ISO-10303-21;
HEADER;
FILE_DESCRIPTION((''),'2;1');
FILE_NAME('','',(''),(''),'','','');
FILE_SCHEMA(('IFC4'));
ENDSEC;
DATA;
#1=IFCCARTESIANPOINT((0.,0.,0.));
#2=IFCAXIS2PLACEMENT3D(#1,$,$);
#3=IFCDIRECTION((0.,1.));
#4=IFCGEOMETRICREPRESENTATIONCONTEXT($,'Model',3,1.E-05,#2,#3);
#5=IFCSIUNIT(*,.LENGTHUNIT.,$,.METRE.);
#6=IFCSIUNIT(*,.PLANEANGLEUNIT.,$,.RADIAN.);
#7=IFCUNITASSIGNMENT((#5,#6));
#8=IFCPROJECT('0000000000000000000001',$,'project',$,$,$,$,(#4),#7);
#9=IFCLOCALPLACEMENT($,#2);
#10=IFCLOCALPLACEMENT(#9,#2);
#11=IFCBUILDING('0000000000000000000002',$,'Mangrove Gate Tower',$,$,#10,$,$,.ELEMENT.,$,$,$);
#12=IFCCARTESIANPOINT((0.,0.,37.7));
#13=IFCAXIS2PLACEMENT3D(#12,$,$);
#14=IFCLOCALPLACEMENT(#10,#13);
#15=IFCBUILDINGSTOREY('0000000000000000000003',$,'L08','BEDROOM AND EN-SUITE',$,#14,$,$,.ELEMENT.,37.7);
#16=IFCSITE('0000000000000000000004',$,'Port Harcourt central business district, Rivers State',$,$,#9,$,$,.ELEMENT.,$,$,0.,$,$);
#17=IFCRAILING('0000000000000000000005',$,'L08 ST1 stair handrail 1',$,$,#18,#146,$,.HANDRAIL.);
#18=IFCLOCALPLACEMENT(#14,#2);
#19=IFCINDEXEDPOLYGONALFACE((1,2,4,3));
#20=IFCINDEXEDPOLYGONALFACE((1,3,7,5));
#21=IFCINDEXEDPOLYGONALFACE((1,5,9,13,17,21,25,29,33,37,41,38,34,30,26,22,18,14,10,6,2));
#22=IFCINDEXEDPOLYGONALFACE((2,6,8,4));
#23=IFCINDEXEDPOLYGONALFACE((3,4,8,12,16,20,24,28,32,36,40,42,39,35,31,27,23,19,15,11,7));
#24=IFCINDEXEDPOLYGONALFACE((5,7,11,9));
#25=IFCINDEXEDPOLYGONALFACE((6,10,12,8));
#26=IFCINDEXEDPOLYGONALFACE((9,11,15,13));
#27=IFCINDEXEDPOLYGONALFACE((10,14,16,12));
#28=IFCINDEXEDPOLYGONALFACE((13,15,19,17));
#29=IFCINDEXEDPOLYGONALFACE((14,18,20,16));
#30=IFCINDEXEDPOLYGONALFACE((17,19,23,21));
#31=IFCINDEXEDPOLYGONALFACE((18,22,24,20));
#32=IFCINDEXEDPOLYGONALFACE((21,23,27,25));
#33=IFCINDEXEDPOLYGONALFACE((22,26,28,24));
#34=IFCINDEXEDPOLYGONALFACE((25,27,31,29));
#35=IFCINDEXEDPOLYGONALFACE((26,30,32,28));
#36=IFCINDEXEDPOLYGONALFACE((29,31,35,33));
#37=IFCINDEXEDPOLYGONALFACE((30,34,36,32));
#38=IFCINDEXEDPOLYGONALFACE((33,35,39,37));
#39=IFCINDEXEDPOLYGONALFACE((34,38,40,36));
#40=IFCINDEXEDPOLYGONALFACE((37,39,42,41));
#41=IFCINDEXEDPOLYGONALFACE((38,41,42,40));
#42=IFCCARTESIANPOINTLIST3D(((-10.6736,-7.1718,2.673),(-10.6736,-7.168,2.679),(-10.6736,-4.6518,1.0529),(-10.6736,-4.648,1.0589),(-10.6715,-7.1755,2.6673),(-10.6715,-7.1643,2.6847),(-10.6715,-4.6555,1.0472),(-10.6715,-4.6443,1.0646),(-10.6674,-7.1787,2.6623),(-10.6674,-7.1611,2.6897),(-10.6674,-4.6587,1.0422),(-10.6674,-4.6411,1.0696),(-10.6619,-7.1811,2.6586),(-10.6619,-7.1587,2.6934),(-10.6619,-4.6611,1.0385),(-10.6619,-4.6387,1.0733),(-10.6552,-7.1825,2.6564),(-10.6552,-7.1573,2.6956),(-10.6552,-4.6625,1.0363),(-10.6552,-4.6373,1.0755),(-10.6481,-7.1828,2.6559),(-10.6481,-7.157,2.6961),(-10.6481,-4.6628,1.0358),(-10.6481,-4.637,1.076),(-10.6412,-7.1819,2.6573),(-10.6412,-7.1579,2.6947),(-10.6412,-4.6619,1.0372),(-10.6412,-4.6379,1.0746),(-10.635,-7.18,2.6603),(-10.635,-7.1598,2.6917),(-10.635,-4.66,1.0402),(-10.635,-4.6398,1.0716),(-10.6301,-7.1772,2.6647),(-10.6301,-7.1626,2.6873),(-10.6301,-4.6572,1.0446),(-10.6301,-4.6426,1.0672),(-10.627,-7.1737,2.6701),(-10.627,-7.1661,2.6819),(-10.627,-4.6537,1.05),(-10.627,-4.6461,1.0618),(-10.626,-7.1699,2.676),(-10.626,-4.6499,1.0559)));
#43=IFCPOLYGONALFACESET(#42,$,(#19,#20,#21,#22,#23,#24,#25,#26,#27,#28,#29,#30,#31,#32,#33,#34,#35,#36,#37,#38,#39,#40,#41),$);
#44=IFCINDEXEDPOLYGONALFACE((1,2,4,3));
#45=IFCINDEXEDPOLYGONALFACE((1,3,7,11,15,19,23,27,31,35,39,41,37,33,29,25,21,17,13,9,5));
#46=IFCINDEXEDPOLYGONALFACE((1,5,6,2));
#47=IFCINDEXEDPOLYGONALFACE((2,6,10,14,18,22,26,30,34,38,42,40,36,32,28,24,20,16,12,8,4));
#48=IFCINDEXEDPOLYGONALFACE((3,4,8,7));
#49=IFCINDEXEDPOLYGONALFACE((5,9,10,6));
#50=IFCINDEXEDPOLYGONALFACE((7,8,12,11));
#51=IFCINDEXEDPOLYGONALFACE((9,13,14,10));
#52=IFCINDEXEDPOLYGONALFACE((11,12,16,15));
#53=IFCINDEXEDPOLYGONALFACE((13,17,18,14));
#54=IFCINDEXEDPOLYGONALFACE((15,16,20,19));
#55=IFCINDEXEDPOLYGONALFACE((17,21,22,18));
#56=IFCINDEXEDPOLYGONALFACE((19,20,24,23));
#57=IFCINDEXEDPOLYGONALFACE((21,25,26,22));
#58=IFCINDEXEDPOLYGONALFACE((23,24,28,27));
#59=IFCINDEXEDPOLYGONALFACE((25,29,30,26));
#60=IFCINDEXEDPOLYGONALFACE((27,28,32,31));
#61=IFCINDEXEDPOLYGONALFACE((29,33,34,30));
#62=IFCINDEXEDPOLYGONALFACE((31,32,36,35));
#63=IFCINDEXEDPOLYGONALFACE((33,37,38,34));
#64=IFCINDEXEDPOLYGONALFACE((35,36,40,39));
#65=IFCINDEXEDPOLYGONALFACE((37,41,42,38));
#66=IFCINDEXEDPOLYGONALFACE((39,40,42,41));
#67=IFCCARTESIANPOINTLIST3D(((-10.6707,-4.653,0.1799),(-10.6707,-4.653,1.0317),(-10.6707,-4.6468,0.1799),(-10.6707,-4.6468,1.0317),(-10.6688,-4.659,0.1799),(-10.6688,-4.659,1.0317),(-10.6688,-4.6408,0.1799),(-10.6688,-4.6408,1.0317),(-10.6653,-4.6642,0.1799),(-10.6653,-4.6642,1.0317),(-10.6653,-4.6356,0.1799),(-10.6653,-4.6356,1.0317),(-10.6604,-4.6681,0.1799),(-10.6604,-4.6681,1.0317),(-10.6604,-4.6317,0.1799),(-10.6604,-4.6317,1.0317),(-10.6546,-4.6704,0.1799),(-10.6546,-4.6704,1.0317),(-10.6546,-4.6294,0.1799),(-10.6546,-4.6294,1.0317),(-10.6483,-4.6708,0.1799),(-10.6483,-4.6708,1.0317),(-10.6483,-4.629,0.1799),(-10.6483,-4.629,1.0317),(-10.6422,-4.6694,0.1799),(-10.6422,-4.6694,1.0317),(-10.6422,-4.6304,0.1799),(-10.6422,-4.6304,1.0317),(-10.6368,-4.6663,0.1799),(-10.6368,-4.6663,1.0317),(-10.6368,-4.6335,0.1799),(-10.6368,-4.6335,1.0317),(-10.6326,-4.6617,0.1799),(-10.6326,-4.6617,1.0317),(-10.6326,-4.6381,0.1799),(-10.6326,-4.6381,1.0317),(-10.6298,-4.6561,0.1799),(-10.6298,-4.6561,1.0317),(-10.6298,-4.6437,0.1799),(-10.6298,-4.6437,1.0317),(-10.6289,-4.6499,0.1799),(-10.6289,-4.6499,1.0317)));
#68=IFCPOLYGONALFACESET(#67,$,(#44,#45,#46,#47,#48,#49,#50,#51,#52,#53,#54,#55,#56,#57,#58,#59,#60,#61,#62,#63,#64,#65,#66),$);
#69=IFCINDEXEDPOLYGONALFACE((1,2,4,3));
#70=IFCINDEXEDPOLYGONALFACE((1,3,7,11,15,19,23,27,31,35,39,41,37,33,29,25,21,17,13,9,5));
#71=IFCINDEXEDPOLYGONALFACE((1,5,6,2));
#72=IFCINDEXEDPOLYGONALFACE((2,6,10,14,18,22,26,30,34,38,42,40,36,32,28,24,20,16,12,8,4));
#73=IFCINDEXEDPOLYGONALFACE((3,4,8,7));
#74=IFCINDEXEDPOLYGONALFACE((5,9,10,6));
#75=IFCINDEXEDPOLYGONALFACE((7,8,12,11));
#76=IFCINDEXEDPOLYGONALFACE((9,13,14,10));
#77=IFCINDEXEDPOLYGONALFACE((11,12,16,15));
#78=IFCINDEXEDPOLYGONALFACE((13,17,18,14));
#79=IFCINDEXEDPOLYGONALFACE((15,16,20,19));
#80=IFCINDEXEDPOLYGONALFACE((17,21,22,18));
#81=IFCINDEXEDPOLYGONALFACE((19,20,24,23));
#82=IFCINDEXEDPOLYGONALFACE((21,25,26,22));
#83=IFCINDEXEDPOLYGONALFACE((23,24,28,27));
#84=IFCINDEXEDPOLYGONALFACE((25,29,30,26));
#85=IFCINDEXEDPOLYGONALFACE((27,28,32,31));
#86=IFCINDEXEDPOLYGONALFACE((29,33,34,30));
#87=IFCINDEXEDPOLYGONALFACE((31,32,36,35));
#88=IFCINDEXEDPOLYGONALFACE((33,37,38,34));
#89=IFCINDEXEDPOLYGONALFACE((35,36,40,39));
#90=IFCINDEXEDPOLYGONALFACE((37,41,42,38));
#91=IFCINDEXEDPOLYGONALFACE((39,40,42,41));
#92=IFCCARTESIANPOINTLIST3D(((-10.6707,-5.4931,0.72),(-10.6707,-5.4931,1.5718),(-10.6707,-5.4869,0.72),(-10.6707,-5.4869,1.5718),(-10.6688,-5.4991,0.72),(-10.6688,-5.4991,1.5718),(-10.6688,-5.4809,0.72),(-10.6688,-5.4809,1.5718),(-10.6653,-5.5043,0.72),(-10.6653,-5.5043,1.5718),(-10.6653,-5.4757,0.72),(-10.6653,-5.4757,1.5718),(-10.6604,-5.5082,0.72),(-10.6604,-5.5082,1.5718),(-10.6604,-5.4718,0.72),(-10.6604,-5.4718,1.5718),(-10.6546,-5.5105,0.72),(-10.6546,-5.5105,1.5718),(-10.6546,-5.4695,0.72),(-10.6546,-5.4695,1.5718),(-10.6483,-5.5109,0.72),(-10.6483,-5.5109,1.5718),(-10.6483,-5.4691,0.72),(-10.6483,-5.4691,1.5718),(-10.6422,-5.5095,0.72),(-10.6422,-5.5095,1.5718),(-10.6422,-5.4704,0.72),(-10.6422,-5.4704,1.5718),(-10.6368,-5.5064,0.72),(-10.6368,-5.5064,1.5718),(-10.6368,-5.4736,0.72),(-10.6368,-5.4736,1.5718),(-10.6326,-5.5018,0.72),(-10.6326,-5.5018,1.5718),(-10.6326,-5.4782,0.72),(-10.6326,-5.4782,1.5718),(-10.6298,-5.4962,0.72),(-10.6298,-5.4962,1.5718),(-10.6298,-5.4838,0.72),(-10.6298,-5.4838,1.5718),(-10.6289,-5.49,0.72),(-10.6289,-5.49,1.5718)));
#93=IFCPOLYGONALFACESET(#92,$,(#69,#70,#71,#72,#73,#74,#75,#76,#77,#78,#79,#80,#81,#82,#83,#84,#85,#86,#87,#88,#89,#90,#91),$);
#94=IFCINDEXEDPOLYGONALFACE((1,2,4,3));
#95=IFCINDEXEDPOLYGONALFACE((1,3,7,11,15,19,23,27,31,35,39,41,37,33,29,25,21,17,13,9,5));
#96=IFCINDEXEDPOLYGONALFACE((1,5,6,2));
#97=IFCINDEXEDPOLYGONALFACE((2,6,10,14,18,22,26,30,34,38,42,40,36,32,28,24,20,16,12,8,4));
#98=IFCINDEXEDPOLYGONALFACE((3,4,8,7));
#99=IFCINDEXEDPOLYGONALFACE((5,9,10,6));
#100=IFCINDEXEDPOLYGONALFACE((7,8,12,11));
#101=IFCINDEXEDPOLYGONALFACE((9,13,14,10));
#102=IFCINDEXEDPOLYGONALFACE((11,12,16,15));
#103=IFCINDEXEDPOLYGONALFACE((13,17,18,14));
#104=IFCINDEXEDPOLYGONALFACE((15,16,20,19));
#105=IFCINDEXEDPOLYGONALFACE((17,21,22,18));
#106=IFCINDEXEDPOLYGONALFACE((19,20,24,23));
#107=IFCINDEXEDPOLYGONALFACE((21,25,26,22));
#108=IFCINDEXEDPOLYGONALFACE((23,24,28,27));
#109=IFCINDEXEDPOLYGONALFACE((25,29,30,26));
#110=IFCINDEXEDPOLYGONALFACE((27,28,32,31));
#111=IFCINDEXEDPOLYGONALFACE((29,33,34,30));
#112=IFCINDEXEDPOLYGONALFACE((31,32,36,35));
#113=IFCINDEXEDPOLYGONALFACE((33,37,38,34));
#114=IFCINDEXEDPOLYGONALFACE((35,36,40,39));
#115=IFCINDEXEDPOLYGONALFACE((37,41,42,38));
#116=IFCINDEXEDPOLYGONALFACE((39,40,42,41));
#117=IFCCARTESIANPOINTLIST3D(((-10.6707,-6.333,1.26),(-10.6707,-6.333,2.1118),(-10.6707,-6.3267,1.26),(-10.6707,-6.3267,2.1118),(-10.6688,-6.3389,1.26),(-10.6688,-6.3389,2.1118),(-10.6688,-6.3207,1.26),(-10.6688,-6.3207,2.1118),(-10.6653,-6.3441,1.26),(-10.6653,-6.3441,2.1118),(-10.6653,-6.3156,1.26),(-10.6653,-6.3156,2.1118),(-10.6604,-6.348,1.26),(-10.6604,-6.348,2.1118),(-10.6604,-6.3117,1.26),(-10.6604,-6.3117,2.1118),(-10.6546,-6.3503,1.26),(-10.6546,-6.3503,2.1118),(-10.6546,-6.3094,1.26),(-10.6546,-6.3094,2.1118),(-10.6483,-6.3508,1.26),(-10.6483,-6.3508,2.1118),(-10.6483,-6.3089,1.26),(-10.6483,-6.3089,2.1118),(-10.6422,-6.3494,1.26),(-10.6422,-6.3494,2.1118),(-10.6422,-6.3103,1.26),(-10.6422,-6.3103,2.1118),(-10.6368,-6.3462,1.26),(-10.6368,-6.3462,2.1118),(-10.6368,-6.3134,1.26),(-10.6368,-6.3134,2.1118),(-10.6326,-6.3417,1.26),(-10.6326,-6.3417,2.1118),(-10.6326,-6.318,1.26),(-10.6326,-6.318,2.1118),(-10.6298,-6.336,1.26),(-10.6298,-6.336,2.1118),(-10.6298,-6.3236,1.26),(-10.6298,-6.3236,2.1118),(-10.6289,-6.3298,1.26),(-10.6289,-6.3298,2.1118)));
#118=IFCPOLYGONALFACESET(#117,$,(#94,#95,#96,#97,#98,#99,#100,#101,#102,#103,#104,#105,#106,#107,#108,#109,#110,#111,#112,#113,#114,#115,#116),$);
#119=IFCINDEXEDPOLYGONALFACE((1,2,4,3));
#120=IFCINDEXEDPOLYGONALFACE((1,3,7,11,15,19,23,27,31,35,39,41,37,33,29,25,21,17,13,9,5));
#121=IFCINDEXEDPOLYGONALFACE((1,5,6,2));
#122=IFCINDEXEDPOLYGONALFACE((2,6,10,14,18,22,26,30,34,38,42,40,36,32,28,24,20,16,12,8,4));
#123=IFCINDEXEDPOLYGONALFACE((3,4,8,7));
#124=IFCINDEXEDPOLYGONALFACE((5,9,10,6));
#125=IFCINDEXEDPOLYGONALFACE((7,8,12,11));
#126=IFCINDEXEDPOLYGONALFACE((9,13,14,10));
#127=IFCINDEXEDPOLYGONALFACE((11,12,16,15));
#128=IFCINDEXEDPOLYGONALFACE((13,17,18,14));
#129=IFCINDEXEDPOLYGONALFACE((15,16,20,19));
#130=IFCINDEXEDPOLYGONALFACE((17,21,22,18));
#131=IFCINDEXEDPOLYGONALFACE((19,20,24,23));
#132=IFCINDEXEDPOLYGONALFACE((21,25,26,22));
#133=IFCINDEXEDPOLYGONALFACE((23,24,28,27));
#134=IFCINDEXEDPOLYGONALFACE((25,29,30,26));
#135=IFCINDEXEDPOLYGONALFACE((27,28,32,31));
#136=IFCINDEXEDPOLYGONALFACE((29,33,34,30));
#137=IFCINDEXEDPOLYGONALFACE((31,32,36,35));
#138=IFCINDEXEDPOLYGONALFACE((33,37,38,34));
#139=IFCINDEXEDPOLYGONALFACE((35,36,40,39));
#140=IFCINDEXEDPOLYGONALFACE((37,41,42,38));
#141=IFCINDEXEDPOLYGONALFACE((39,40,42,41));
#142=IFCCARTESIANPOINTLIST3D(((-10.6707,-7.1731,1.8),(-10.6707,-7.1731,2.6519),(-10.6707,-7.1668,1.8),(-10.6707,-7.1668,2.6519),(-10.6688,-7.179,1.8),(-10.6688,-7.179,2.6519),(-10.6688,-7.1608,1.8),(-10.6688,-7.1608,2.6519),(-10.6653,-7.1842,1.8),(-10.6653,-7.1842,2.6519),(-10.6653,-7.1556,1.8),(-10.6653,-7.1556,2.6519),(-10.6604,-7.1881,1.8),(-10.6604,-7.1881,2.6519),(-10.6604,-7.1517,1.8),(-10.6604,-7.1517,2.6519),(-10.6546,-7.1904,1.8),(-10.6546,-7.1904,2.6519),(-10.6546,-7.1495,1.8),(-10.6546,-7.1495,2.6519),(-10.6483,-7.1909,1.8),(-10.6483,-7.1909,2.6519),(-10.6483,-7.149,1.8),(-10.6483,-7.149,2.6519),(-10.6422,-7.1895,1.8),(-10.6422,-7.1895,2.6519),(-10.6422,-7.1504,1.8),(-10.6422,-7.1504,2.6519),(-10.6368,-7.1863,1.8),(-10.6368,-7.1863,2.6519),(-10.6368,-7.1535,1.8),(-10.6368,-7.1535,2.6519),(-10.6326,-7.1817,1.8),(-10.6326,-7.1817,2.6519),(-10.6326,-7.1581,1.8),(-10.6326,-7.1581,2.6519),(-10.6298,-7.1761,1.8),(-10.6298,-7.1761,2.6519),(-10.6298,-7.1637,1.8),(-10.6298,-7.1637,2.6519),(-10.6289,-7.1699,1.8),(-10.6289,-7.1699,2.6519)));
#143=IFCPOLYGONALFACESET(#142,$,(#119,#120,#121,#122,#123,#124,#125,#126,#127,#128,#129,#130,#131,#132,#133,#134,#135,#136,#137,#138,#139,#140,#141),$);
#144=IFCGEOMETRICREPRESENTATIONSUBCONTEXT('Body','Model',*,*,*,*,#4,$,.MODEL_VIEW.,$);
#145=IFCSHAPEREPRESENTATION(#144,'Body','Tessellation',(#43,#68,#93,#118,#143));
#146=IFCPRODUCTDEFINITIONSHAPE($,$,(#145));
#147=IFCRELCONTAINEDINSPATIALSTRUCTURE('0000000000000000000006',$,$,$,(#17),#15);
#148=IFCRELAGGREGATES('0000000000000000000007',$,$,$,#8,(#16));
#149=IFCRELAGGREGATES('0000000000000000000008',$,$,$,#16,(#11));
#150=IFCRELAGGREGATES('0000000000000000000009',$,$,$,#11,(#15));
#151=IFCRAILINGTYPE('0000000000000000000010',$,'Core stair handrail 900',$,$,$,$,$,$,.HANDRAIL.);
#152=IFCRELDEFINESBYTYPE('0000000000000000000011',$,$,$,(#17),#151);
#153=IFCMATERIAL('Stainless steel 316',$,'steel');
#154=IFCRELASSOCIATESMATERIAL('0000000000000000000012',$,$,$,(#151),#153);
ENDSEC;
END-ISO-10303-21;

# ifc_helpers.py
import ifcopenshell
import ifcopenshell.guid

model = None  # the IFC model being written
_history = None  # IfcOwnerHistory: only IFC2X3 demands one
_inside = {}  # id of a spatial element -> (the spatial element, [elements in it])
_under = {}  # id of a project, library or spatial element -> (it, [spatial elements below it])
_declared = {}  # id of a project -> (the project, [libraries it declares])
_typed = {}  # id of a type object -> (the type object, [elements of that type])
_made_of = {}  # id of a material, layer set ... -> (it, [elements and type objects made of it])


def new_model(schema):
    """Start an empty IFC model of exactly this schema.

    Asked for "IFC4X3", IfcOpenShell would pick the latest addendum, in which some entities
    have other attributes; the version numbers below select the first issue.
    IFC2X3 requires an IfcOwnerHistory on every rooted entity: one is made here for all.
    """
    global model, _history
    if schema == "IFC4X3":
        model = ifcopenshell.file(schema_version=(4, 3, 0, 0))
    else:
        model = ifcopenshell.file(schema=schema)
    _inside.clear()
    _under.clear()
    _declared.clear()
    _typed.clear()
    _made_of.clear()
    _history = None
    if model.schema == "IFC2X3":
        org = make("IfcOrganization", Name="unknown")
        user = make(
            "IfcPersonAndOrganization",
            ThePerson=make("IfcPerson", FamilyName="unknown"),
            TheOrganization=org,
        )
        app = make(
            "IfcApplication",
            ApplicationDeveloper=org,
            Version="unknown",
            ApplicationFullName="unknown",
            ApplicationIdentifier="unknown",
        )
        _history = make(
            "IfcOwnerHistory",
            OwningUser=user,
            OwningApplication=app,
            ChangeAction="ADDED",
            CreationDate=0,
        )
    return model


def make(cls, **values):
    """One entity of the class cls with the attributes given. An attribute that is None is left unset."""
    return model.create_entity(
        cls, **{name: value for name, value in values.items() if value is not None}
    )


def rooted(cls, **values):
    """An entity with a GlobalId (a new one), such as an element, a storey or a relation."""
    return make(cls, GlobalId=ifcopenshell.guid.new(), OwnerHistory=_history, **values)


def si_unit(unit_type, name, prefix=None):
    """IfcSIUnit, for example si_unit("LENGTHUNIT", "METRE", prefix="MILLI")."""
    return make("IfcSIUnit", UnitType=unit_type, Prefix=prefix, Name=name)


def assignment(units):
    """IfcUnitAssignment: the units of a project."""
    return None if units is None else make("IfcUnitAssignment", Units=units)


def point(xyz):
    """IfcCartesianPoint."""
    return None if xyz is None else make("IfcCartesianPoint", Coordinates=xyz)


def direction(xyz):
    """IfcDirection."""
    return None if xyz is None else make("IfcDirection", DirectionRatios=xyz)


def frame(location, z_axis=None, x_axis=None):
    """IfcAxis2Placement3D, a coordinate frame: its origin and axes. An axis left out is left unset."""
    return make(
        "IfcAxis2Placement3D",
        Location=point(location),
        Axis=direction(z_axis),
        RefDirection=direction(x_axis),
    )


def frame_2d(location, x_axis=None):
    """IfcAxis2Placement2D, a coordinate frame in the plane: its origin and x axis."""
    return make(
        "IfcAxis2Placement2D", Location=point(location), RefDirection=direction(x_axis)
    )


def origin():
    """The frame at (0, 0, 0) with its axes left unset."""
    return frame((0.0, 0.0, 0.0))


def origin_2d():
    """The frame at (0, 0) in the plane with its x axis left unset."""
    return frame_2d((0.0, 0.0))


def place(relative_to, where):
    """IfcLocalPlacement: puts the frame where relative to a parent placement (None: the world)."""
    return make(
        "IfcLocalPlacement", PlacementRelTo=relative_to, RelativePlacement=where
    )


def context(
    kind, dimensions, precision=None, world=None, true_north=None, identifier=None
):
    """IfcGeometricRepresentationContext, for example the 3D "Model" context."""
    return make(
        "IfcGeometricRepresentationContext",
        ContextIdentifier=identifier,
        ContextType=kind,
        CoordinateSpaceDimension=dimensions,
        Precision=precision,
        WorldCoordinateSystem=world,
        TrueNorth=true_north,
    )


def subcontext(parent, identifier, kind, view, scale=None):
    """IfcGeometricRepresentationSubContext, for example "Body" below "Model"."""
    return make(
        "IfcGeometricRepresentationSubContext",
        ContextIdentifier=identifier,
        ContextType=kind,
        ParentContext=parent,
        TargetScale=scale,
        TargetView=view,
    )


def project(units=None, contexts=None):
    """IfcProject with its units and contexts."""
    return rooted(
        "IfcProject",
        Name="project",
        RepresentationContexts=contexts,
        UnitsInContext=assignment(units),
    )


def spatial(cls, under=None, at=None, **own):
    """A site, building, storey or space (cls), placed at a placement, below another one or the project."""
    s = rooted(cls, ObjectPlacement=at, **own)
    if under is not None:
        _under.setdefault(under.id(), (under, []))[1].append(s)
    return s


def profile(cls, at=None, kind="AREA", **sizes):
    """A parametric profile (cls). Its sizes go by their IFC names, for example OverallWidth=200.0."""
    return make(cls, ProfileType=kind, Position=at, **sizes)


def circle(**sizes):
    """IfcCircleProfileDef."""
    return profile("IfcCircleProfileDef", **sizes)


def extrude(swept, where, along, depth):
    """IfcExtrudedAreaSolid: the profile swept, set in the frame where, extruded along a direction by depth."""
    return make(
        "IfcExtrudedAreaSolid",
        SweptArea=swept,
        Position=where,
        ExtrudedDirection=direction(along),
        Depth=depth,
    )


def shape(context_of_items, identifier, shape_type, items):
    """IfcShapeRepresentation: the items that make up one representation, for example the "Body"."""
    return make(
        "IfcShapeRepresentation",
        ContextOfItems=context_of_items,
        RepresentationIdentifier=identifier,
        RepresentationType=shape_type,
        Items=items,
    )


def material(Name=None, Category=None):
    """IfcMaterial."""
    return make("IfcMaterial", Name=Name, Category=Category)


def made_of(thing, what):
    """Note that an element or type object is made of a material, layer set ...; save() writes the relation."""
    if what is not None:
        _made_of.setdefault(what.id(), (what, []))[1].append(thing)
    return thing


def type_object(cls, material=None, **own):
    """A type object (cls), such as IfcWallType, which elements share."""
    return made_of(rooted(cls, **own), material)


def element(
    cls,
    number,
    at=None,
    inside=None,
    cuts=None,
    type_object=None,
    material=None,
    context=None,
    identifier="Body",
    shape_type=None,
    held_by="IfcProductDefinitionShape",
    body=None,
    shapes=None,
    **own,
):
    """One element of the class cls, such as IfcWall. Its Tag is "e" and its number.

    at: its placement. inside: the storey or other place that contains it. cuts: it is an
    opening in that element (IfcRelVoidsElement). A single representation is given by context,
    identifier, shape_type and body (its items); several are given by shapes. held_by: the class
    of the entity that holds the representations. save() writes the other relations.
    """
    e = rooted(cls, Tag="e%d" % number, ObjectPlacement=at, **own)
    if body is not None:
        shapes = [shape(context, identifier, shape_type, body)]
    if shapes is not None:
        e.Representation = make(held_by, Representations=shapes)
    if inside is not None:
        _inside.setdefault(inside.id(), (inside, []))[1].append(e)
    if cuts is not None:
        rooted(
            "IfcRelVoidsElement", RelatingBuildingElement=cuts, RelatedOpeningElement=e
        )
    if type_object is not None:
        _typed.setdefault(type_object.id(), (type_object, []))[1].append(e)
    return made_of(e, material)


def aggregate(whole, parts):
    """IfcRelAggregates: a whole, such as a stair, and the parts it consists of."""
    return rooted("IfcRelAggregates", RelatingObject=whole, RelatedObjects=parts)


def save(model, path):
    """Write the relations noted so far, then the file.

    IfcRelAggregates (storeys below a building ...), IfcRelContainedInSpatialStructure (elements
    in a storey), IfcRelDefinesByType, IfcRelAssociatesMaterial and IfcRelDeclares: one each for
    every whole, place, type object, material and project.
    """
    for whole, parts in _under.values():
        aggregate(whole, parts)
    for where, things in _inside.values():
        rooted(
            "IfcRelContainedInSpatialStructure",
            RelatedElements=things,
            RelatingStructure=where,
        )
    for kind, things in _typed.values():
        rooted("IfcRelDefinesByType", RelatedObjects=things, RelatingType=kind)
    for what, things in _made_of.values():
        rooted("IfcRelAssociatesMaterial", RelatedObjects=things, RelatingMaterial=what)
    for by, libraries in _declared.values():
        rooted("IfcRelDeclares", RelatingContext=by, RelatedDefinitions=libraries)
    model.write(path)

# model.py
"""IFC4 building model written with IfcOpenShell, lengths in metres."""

from ifc_helpers import new_model, si_unit, direction, frame, origin, origin_2d, place, context, subcontext, project, spatial, circle, extrude, material, type_object, element, save


model = new_model("IFC4")

# Units and contexts
model_context = context("Model", 3, precision=1e-05, world=origin(), true_north=direction((0.0, 1.0)))
body_context = subcontext(model_context, "Body", "Model", "MODEL_VIEW")
ifc_project = project(units=[si_unit("LENGTHUNIT", "METRE"), si_unit("PLANEANGLEUNIT", "RADIAN")], contexts=[model_context])

# Site, building, storey
site_placement = place(None, origin())
site = spatial("IfcSite", under=ifc_project, at=site_placement, Name="Port Harcourt central business district, Rivers State", CompositionType="ELEMENT", RefElevation=0.0)
building_placement = place(site_placement, origin())
building = spatial("IfcBuilding", under=site, at=building_placement, Name="Mangrove Gate Tower", CompositionType="ELEMENT")
storey_placement = place(building_placement, frame((0.0, 0.0, 37.7)))
storey = spatial("IfcBuildingStorey", under=building, at=storey_placement, Name="L08", Description="BEDROOM AND EN-SUITE", CompositionType="ELEMENT", Elevation=37.7)

# Railing
ifc_material_1 = material(Name="Stainless steel 316", Category="steel")
railing_type_1 = type_object("IfcRailingType", Name="Core stair handrail 900", PredefinedType="HANDRAIL", material=ifc_material_1)
railing_1_placement = place(storey_placement, frame((-10.6499, -4.6499, 0.1799)))
element("IfcRailing", 1, at=railing_1_placement, inside=storey, type_object=railing_type_1, Name="L08 ST1 stair handrail 1", PredefinedType="HANDRAIL", context=body_context, shape_type="SweptSolid", body=[
    extrude(circle(Radius=0.0239, at=origin_2d()), frame((0.0, 0.0, 0.876), z_axis=(0.0, -0.841163, 0.540782), x_axis=(1.0, 0.0, 0.0)), (0.0, 0.0, 1.0), 2.9958),
    extrude(circle(Radius=0.021, at=origin_2d()), origin(), (0.0, 0.0, 1.0), 0.8518),
    extrude(circle(Radius=0.021, at=origin_2d()), frame((0.0, -0.8401, 0.54)), (0.0, 0.0, 1.0), 0.8518),
    extrude(circle(Radius=0.021, at=origin_2d()), frame((0.0, -1.6799, 1.0801)), (0.0, 0.0, 1.0), 0.8518),
    extrude(circle(Radius=0.021, at=origin_2d()), frame((0.0, -2.52, 1.6201)), (0.0, 0.0, 1.0), 0.8518),
])

save(model, "model.ifc")
